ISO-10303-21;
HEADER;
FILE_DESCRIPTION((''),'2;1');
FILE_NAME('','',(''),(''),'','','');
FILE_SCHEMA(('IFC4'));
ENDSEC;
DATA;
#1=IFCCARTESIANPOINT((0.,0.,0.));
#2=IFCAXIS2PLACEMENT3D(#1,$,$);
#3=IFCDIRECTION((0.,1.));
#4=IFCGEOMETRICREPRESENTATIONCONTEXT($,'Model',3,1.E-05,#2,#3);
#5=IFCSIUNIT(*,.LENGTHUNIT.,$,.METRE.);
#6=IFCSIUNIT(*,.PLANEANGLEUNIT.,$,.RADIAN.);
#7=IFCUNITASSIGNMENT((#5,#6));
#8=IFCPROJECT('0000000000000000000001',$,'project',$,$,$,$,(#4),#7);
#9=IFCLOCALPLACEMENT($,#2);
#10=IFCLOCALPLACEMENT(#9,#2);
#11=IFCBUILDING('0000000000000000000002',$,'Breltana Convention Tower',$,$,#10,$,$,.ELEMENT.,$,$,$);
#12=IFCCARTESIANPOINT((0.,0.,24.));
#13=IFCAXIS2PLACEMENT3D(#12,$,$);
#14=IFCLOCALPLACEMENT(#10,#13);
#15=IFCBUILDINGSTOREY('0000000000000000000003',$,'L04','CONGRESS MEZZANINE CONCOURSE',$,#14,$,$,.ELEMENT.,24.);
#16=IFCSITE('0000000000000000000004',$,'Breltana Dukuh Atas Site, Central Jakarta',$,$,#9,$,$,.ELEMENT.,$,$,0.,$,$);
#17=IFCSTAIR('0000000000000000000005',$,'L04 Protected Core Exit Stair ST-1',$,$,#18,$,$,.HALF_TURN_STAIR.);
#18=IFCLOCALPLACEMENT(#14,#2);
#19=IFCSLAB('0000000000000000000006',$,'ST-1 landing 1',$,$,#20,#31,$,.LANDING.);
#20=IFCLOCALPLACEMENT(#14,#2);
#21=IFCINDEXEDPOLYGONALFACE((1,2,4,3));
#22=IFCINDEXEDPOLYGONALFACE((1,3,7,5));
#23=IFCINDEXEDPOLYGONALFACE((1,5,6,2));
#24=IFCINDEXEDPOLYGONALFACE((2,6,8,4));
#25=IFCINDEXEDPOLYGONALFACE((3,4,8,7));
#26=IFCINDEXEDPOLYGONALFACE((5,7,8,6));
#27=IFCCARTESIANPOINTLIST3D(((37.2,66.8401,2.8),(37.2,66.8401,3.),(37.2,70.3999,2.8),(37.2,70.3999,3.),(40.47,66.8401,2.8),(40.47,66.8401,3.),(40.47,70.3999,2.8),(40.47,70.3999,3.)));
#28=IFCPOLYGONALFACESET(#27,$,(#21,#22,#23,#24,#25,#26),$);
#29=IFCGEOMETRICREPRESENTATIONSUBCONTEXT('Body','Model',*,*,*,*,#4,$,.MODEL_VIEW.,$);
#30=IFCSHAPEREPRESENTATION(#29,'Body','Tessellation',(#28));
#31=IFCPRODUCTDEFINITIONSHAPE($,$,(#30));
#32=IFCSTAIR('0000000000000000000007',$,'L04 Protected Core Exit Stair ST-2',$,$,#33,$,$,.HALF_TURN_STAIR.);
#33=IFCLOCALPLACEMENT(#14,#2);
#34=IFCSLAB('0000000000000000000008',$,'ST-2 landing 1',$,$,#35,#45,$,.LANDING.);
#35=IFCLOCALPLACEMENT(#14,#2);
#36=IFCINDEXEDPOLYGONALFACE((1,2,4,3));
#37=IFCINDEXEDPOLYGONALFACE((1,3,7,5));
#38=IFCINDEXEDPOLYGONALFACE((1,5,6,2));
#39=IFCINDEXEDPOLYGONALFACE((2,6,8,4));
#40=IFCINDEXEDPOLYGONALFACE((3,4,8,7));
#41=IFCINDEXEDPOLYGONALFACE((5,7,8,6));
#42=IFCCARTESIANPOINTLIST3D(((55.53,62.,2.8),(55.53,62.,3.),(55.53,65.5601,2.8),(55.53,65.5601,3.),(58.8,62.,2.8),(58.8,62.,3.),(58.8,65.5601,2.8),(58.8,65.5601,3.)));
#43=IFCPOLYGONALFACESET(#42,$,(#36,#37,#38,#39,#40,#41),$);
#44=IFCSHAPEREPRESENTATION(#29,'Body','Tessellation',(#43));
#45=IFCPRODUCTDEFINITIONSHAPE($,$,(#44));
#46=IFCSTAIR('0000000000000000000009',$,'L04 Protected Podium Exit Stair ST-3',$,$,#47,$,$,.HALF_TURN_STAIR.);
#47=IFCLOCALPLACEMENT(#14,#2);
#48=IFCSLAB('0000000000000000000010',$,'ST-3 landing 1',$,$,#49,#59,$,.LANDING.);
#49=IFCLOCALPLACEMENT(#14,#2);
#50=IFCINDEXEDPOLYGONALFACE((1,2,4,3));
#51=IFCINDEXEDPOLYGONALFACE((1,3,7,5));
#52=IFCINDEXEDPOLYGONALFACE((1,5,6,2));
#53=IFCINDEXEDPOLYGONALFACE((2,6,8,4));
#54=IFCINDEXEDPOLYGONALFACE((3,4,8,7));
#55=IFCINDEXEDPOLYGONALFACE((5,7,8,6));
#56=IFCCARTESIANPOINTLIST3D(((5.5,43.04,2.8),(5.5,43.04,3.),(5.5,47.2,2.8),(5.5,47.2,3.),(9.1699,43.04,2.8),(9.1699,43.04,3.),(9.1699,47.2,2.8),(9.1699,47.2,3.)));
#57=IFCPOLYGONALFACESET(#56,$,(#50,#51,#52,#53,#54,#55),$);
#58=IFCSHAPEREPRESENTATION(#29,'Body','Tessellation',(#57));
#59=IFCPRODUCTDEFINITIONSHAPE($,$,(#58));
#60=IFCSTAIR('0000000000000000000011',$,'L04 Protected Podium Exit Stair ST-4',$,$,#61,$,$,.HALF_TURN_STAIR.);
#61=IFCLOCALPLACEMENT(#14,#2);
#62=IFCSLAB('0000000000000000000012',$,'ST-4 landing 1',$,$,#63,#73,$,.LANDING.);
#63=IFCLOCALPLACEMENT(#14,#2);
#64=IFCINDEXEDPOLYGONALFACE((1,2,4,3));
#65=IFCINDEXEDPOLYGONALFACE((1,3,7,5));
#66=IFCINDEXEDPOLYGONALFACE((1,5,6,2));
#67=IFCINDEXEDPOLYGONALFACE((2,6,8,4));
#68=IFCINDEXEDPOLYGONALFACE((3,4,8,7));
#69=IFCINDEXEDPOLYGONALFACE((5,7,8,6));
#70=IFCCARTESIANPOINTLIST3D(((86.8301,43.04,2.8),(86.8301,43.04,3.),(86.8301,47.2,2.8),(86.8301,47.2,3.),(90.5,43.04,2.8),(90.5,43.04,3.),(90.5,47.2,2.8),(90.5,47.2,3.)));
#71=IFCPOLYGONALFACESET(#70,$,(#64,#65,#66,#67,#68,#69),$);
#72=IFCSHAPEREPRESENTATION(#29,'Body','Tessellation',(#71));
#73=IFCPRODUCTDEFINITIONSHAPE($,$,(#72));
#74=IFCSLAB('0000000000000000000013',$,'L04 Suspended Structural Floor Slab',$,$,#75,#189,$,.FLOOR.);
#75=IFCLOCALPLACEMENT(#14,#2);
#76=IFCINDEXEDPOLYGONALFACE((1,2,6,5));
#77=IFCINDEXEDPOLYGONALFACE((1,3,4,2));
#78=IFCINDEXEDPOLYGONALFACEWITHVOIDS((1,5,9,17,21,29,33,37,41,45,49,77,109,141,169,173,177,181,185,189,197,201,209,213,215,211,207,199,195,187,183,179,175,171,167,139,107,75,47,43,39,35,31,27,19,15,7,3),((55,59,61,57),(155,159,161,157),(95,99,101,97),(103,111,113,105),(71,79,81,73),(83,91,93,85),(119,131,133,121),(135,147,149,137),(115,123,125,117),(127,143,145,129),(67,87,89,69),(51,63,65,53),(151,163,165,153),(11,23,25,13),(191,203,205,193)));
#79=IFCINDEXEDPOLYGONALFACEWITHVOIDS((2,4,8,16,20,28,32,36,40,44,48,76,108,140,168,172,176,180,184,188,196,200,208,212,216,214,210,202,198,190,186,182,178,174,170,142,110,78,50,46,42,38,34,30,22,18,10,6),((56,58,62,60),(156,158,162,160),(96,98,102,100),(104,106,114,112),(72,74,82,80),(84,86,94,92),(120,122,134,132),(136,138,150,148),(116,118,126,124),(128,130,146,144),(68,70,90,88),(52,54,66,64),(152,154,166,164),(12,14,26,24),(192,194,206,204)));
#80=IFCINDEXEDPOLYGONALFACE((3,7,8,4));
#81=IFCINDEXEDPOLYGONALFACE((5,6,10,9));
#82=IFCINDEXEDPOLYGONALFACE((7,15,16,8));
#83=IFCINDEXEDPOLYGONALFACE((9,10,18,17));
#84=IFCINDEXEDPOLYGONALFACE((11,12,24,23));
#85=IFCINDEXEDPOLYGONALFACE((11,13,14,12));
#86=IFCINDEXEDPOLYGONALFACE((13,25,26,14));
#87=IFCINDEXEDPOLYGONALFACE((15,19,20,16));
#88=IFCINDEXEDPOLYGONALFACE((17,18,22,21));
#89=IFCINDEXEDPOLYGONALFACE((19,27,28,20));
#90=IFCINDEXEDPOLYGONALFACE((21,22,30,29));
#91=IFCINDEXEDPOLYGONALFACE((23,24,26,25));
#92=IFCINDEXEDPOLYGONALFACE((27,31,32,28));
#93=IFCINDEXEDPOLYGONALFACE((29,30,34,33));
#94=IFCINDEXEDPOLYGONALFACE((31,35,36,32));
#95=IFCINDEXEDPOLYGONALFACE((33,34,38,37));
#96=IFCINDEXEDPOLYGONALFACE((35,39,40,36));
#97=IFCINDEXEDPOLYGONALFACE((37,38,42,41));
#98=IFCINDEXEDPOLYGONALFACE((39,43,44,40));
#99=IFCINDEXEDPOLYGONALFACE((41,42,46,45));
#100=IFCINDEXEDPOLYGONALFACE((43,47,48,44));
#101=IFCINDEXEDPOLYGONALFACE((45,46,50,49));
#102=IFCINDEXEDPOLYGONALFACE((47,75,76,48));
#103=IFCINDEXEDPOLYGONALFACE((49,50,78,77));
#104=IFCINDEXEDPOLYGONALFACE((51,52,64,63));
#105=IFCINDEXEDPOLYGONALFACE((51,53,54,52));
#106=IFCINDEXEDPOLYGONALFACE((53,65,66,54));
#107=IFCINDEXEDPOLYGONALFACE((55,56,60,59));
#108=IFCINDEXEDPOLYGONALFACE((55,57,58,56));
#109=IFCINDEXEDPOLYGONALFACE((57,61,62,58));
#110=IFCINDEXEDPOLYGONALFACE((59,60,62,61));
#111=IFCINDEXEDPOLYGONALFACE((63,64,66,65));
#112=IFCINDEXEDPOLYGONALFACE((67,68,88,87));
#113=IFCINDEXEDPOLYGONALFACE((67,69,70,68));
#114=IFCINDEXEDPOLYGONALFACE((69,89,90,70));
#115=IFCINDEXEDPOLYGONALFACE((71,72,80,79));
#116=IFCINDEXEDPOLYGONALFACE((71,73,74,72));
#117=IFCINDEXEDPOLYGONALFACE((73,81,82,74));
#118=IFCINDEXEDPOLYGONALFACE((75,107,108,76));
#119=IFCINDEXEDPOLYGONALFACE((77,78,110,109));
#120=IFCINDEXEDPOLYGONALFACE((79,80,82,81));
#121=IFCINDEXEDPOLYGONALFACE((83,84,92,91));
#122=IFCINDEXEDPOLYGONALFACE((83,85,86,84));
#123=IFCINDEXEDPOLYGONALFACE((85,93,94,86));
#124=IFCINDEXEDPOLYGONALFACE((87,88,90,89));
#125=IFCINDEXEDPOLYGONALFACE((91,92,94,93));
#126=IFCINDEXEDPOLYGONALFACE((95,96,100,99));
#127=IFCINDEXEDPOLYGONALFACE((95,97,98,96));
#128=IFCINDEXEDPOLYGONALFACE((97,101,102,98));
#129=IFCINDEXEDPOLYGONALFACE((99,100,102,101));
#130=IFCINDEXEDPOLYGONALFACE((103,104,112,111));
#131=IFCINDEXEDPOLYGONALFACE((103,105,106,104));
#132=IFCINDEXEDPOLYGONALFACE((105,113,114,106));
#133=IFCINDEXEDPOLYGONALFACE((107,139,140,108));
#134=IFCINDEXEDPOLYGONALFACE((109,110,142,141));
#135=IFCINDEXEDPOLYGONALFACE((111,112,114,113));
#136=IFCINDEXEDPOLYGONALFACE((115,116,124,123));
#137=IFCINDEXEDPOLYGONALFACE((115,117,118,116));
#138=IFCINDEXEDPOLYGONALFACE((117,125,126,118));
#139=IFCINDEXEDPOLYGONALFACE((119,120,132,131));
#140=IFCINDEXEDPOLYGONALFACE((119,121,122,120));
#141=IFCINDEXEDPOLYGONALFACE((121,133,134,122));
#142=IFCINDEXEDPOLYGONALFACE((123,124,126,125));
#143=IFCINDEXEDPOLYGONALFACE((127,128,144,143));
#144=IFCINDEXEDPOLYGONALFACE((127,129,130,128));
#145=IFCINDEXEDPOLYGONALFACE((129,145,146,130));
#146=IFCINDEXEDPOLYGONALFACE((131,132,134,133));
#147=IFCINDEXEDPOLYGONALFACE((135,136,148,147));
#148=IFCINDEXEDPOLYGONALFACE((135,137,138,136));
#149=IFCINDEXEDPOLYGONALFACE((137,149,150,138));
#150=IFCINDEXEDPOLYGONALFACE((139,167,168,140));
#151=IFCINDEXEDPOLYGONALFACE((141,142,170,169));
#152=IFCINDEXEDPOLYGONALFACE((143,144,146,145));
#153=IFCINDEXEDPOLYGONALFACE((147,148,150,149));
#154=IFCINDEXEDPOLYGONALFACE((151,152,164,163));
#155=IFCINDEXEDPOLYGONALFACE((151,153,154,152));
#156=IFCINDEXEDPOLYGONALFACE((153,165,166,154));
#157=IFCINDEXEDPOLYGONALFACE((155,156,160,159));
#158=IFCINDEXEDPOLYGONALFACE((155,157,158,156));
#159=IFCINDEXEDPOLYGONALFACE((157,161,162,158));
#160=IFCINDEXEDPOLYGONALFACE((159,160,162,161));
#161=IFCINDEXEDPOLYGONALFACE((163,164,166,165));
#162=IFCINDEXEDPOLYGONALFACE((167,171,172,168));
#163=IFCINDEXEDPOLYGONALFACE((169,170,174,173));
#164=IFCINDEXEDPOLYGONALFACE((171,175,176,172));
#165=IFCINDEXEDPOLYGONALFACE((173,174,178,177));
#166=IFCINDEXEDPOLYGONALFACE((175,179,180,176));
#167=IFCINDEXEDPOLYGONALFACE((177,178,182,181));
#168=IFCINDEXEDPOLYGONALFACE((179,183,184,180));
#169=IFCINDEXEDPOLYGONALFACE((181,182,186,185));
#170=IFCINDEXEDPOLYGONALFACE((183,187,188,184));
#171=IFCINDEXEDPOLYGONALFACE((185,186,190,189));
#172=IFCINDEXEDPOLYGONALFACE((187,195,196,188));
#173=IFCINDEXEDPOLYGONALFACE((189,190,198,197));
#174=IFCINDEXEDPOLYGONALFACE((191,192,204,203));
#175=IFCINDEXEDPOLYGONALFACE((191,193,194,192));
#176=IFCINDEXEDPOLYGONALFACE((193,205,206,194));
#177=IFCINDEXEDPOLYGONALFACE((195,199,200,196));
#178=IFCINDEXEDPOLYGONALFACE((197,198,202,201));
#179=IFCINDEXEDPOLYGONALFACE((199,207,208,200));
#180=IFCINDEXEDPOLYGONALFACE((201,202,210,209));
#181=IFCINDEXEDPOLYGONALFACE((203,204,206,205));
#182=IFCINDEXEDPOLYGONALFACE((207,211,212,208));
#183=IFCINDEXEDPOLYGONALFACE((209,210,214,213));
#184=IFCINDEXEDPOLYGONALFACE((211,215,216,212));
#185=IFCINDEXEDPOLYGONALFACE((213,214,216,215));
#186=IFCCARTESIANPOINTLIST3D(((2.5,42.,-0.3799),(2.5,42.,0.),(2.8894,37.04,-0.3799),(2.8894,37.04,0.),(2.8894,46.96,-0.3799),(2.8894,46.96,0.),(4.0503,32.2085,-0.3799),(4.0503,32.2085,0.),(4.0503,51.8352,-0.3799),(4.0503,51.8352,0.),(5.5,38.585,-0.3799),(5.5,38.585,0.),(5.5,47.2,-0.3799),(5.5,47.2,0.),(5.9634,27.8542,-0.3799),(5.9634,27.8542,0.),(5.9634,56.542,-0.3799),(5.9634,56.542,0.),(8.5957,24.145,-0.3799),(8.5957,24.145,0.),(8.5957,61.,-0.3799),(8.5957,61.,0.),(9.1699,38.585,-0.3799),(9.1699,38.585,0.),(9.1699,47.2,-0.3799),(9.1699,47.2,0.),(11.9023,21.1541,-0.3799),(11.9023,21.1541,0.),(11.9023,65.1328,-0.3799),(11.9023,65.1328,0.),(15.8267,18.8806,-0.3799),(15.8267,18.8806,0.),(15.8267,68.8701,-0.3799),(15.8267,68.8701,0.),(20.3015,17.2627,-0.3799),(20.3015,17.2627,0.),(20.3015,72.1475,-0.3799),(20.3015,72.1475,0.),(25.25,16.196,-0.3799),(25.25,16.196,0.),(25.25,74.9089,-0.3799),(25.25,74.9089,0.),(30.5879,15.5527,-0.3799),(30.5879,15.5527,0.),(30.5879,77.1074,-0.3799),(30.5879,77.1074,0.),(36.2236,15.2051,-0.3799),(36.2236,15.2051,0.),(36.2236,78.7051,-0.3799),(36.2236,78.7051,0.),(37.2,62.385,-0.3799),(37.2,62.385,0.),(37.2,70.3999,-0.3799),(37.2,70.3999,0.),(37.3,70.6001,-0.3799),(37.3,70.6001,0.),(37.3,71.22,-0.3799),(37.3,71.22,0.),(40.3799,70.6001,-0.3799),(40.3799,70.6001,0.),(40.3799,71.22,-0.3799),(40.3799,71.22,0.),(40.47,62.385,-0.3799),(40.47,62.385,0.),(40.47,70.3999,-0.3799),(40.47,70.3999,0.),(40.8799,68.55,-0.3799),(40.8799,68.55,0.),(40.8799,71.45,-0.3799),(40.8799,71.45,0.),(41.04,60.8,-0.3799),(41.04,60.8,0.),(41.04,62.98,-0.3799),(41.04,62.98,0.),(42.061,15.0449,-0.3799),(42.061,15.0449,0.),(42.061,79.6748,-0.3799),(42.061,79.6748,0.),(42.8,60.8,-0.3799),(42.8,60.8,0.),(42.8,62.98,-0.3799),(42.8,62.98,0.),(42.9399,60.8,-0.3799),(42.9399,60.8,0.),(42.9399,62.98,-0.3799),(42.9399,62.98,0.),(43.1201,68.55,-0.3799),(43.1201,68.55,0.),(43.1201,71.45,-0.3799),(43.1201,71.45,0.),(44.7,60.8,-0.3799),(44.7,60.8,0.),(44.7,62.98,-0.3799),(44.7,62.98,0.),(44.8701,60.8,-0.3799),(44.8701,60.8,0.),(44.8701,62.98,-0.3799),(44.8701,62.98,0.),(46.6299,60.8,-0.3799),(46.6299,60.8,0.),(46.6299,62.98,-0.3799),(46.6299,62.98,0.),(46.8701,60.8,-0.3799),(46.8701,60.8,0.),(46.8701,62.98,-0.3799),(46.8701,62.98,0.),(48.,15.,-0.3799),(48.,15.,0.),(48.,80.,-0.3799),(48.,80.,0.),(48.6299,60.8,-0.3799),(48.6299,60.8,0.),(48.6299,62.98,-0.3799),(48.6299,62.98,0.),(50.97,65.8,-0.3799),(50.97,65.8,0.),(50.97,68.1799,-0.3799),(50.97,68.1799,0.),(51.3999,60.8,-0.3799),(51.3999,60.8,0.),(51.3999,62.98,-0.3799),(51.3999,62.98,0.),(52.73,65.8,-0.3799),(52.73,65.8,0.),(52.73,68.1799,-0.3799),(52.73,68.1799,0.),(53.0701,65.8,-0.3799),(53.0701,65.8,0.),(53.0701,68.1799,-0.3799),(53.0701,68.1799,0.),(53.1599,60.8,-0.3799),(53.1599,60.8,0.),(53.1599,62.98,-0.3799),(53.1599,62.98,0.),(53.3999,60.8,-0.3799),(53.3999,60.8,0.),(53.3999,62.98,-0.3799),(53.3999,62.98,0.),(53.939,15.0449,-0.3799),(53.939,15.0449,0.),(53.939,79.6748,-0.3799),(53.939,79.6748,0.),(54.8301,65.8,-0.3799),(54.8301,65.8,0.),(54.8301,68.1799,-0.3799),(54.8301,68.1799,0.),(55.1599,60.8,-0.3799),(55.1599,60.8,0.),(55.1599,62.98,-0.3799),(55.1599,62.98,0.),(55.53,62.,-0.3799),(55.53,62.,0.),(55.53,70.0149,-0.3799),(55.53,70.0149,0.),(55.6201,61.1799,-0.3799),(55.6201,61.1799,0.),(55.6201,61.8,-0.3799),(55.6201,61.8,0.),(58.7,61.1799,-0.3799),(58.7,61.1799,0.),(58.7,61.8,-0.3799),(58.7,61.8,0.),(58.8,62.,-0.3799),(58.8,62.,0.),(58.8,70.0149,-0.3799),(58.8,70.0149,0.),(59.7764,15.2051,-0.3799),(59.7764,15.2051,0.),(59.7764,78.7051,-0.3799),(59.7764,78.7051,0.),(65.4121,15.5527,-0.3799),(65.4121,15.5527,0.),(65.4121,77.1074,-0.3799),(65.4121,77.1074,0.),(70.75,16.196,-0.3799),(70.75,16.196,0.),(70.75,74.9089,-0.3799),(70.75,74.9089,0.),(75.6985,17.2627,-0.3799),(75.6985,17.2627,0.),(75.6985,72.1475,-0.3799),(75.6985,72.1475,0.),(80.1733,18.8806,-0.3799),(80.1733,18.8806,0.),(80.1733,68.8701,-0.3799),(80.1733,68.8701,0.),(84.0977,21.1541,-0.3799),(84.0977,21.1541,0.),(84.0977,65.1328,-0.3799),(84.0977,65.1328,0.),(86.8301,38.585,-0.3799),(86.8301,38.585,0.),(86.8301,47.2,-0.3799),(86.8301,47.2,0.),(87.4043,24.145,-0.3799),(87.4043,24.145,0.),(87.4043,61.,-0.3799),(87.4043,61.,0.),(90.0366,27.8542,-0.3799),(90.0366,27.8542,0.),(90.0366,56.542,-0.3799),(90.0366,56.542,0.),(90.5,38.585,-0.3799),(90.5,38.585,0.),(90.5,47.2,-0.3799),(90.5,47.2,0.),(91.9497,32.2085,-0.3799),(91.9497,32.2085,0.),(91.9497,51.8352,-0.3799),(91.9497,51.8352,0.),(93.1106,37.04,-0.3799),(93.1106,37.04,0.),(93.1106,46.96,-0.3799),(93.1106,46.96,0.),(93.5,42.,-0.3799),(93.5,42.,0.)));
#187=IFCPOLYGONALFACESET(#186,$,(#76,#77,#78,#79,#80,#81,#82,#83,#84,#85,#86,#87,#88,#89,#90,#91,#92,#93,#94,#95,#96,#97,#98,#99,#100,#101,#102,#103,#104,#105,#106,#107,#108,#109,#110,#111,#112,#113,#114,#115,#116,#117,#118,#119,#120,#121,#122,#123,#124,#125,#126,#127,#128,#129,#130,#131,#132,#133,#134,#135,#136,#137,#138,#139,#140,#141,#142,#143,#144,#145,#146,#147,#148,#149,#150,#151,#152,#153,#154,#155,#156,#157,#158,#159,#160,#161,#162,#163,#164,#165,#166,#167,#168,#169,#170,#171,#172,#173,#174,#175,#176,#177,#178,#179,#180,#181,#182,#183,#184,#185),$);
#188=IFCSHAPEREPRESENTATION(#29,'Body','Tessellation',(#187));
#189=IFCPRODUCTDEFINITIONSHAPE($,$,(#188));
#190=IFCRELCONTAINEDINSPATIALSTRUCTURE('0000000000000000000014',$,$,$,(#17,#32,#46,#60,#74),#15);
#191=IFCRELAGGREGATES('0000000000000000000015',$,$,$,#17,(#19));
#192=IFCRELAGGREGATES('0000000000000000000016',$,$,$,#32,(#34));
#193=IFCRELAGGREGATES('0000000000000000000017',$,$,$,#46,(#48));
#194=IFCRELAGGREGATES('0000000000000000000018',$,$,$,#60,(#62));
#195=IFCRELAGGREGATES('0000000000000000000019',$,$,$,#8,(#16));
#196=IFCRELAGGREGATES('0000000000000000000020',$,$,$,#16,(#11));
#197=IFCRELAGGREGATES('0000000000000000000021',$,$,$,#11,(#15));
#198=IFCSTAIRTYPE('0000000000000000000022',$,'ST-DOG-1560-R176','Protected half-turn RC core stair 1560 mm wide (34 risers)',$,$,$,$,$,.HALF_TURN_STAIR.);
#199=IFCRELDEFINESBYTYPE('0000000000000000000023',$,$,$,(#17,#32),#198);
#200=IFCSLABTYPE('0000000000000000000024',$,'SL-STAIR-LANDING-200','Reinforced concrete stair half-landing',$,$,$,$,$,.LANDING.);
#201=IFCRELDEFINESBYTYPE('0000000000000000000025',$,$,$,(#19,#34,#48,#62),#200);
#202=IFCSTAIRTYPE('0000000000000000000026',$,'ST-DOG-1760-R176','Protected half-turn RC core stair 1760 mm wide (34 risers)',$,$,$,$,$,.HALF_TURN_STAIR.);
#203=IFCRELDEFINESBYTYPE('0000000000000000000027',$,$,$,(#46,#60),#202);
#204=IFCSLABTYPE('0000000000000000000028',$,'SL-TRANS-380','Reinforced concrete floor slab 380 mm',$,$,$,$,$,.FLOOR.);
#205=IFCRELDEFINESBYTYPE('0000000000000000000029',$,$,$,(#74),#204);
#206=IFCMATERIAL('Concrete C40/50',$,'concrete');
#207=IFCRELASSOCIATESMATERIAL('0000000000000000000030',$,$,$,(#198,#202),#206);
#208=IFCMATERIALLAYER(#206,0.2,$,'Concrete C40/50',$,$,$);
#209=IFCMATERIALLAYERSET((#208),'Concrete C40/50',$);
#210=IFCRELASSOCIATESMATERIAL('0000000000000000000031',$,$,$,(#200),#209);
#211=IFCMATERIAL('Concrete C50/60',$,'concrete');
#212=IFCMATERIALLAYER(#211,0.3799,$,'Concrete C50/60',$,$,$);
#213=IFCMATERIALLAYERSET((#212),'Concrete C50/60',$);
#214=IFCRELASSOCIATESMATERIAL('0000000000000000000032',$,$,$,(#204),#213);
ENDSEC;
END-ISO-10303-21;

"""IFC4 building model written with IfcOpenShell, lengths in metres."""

from ifc_helpers import new_model, si_unit, direction, frame, origin, place, context, subcontext, project, spatial, polyline, outline, extrude, material, layer, layer_set, type_object, element, aggregate, save


model = new_model("IFC4")

# Units and contexts
model_context = context("Model", 3, precision=1e-05, world=origin(), true_north=direction((0.0, 1.0)))
body_context = subcontext(model_context, "Body", "Model", "MODEL_VIEW")
ifc_project = project(units=[si_unit("LENGTHUNIT", "METRE"), si_unit("PLANEANGLEUNIT", "RADIAN")], contexts=[model_context])

# Site, building, storey
site_placement = place(None, origin())
site = spatial("IfcSite", under=ifc_project, at=site_placement, Name="Breltana Dukuh Atas Site, Central Jakarta", CompositionType="ELEMENT", RefElevation=0.0)
building_placement = place(site_placement, origin())
building = spatial("IfcBuilding", under=site, at=building_placement, Name="Breltana Convention Tower", CompositionType="ELEMENT")
storey_placement = place(building_placement, frame((0.0, 0.0, 24.0)))
storey = spatial("IfcBuildingStorey", under=building, at=storey_placement, Name="L04", Description="CONGRESS MEZZANINE CONCOURSE", CompositionType="ELEMENT", Elevation=24.0)

# Stairs, slabs
ifc_material_1 = material(Name="Concrete C40/50", Category="concrete")
stair_type_1 = type_object("IfcStairType", Name="ST-DOG-1560-R176", Description="Protected half-turn RC core stair 1560 mm wide (34 risers)", PredefinedType="HALF_TURN_STAIR", material=ifc_material_1)
stair_1_placement = place(storey_placement, origin())
stair_1 = element("IfcStair", 1, at=stair_1_placement, inside=storey, type_object=stair_type_1, Name="L04 Protected Core Exit Stair ST-1", PredefinedType="HALF_TURN_STAIR")
ifc_layer_1 = layer(ifc_material_1, 0.2, Name="Concrete C40/50")
ifc_layer_set_1 = layer_set([ifc_layer_1], Name="Concrete C40/50")
slab_type_1 = type_object("IfcSlabType", Name="SL-STAIR-LANDING-200", Description="Reinforced concrete stair half-landing", PredefinedType="LANDING", material=ifc_layer_set_1)
slab_1_placement = place(storey_placement, frame((0.0, 0.0, 2.8)))
slab_1 = element("IfcSlab", 2, at=slab_1_placement, type_object=slab_type_1, Name="ST-1 landing 1", PredefinedType="LANDING", context=body_context, shape_type="SweptSolid", body=[
    extrude(outline(polyline([(40.47, 66.8401), (40.47, 70.3999), (37.2, 70.3999), (37.2, 66.8401), (40.47, 66.8401)])), origin(), (0.0, 0.0, 1.0), 0.2),
])
aggregate(stair_1, [slab_1])
stair_2_placement = place(storey_placement, origin())
stair_2 = element("IfcStair", 3, at=stair_2_placement, inside=storey, type_object=stair_type_1, Name="L04 Protected Core Exit Stair ST-2", PredefinedType="HALF_TURN_STAIR")
slab_2_placement = place(storey_placement, frame((0.0, 0.0, 2.8)))
slab_2 = element("IfcSlab", 4, at=slab_2_placement, type_object=slab_type_1, Name="ST-2 landing 1", PredefinedType="LANDING", context=body_context, shape_type="SweptSolid", body=[
    extrude(outline(polyline([(55.53, 65.5601), (55.53, 62.0), (58.8, 62.0), (58.8, 65.5601), (55.53, 65.5601)])), origin(), (0.0, 0.0, 1.0), 0.2),
])
aggregate(stair_2, [slab_2])
stair_type_2 = type_object("IfcStairType", Name="ST-DOG-1760-R176", Description="Protected half-turn RC core stair 1760 mm wide (34 risers)", PredefinedType="HALF_TURN_STAIR", material=ifc_material_1)
stair_3_placement = place(storey_placement, origin())
stair_3 = element("IfcStair", 5, at=stair_3_placement, inside=storey, type_object=stair_type_2, Name="L04 Protected Podium Exit Stair ST-3", PredefinedType="HALF_TURN_STAIR")
slab_3_placement = place(storey_placement, frame((0.0, 0.0, 2.8)))
slab_3 = element("IfcSlab", 6, at=slab_3_placement, type_object=slab_type_1, Name="ST-3 landing 1", PredefinedType="LANDING", context=body_context, shape_type="SweptSolid", body=[
    extrude(outline(polyline([(9.1699, 43.04), (9.1699, 47.2), (5.5, 47.2), (5.5, 43.04), (9.1699, 43.04)])), origin(), (0.0, 0.0, 1.0), 0.2),
])
aggregate(stair_3, [slab_3])
stair_4_placement = place(storey_placement, origin())
stair_4 = element("IfcStair", 7, at=stair_4_placement, inside=storey, type_object=stair_type_2, Name="L04 Protected Podium Exit Stair ST-4", PredefinedType="HALF_TURN_STAIR")
slab_4_placement = place(storey_placement, frame((0.0, 0.0, 2.8)))
slab_4 = element("IfcSlab", 8, at=slab_4_placement, type_object=slab_type_1, Name="ST-4 landing 1", PredefinedType="LANDING", context=body_context, shape_type="SweptSolid", body=[
    extrude(outline(polyline([(90.5, 43.04), (90.5, 47.2), (86.8301, 47.2), (86.8301, 43.04), (90.5, 43.04)])), origin(), (0.0, 0.0, 1.0), 0.2),
])
aggregate(stair_4, [slab_4])

# Slab
ifc_material_2 = material(Name="Concrete C50/60", Category="concrete")
ifc_layer_2 = layer(ifc_material_2, 0.3799, Name="Concrete C50/60")
ifc_layer_set_2 = layer_set([ifc_layer_2], Name="Concrete C50/60")
slab_type_2 = type_object("IfcSlabType", Name="SL-TRANS-380", Description="Reinforced concrete floor slab 380 mm", PredefinedType="FLOOR", material=ifc_layer_set_2)
slab_5_placement = place(storey_placement, frame((0.0, 0.0, -0.3799)))
element("IfcSlab", 9, at=slab_5_placement, inside=storey, type_object=slab_type_2, Name="L04 Suspended Structural Floor Slab", PredefinedType="FLOOR", context=body_context, shape_type="SweptSolid", body=[
    extrude(outline(polyline([(93.5, 42.0), (93.1106, 46.96), (91.9497, 51.8352), (90.0366, 56.542), (87.4043, 61.0), (84.0977, 65.1328), (80.1733, 68.8701), (75.6985, 72.1475), (70.75, 74.9089), (65.4121, 77.1074), (59.7764, 78.7051), (53.939, 79.6748), (48.0, 80.0), (42.061, 79.6748), (36.2236, 78.7051), (30.5879, 77.1074), (25.25, 74.9089), (20.3015, 72.1475), (15.8267, 68.8701), (11.9023, 65.1328), (8.5957, 61.0), (5.9634, 56.542), (4.0503, 51.8352), (2.8894, 46.96), (2.5, 42.0), (2.8894, 37.04), (4.0503, 32.2085), (5.9634, 27.8542), (8.5957, 24.145), (11.9023, 21.1541), (15.8267, 18.8806), (20.3015, 17.2627), (25.25, 16.196), (30.5879, 15.5527), (36.2236, 15.2051), (42.061, 15.0449), (48.0, 15.0), (53.939, 15.0449), (59.7764, 15.2051), (65.4121, 15.5527), (70.75, 16.196), (75.6985, 17.2627), (80.1733, 18.8806), (84.0977, 21.1541), (87.4043, 24.145), (90.0366, 27.8542), (91.9497, 32.2085), (93.1106, 37.04), (93.5, 42.0)]), holes=[polyline([(37.2, 62.385), (40.47, 62.385), (40.47, 70.3999), (37.2, 70.3999), (37.2, 62.385)]), polyline([(55.53, 62.0), (58.8, 62.0), (58.8, 70.0149), (55.53, 70.0149), (55.53, 62.0)]), polyline([(5.5, 38.585), (9.1699, 38.585), (9.1699, 47.2), (5.5, 47.2), (5.5, 38.585)]), polyline([(86.8301, 38.585), (90.5, 38.585), (90.5, 47.2), (86.8301, 47.2), (86.8301, 38.585)]), polyline([(41.04, 60.8), (42.8, 60.8), (42.8, 62.98), (41.04, 62.98), (41.04, 60.8)]), polyline([(42.9399, 60.8), (44.7, 60.8), (44.7, 62.98), (42.9399, 62.98), (42.9399, 60.8)]), polyline([(44.8701, 60.8), (46.6299, 60.8), (46.6299, 62.98), (44.8701, 62.98), (44.8701, 60.8)]), polyline([(46.8701, 60.8), (48.6299, 60.8), (48.6299, 62.98), (46.8701, 62.98), (46.8701, 60.8)]), polyline([(51.3999, 60.8), (53.1599, 60.8), (53.1599, 62.98), (51.3999, 62.98), (51.3999, 60.8)]), polyline([(53.3999, 60.8), (55.1599, 60.8), (55.1599, 62.98), (53.3999, 62.98), (53.3999, 60.8)]), polyline([(50.97, 65.8), (52.73, 65.8), (52.73, 68.1799), (50.97, 68.1799), (50.97, 65.8)]), polyline([(53.0701, 65.8), (54.8301, 65.8), (54.8301, 68.1799), (53.0701, 68.1799), (53.0701, 65.8)]), polyline([(40.8799, 68.55), (43.1201, 68.55), (43.1201, 71.45), (40.8799, 71.45), (40.8799, 68.55)]), polyline([(37.3, 70.6001), (40.3799, 70.6001), (40.3799, 71.22), (37.3, 71.22), (37.3, 70.6001)]), polyline([(55.6201, 61.1799), (58.7, 61.1799), (58.7, 61.8), (55.6201, 61.8), (55.6201, 61.1799)])]), origin(), (0.0, 0.0, 1.0), 0.3799),
])

save(model, "model.ifc")
